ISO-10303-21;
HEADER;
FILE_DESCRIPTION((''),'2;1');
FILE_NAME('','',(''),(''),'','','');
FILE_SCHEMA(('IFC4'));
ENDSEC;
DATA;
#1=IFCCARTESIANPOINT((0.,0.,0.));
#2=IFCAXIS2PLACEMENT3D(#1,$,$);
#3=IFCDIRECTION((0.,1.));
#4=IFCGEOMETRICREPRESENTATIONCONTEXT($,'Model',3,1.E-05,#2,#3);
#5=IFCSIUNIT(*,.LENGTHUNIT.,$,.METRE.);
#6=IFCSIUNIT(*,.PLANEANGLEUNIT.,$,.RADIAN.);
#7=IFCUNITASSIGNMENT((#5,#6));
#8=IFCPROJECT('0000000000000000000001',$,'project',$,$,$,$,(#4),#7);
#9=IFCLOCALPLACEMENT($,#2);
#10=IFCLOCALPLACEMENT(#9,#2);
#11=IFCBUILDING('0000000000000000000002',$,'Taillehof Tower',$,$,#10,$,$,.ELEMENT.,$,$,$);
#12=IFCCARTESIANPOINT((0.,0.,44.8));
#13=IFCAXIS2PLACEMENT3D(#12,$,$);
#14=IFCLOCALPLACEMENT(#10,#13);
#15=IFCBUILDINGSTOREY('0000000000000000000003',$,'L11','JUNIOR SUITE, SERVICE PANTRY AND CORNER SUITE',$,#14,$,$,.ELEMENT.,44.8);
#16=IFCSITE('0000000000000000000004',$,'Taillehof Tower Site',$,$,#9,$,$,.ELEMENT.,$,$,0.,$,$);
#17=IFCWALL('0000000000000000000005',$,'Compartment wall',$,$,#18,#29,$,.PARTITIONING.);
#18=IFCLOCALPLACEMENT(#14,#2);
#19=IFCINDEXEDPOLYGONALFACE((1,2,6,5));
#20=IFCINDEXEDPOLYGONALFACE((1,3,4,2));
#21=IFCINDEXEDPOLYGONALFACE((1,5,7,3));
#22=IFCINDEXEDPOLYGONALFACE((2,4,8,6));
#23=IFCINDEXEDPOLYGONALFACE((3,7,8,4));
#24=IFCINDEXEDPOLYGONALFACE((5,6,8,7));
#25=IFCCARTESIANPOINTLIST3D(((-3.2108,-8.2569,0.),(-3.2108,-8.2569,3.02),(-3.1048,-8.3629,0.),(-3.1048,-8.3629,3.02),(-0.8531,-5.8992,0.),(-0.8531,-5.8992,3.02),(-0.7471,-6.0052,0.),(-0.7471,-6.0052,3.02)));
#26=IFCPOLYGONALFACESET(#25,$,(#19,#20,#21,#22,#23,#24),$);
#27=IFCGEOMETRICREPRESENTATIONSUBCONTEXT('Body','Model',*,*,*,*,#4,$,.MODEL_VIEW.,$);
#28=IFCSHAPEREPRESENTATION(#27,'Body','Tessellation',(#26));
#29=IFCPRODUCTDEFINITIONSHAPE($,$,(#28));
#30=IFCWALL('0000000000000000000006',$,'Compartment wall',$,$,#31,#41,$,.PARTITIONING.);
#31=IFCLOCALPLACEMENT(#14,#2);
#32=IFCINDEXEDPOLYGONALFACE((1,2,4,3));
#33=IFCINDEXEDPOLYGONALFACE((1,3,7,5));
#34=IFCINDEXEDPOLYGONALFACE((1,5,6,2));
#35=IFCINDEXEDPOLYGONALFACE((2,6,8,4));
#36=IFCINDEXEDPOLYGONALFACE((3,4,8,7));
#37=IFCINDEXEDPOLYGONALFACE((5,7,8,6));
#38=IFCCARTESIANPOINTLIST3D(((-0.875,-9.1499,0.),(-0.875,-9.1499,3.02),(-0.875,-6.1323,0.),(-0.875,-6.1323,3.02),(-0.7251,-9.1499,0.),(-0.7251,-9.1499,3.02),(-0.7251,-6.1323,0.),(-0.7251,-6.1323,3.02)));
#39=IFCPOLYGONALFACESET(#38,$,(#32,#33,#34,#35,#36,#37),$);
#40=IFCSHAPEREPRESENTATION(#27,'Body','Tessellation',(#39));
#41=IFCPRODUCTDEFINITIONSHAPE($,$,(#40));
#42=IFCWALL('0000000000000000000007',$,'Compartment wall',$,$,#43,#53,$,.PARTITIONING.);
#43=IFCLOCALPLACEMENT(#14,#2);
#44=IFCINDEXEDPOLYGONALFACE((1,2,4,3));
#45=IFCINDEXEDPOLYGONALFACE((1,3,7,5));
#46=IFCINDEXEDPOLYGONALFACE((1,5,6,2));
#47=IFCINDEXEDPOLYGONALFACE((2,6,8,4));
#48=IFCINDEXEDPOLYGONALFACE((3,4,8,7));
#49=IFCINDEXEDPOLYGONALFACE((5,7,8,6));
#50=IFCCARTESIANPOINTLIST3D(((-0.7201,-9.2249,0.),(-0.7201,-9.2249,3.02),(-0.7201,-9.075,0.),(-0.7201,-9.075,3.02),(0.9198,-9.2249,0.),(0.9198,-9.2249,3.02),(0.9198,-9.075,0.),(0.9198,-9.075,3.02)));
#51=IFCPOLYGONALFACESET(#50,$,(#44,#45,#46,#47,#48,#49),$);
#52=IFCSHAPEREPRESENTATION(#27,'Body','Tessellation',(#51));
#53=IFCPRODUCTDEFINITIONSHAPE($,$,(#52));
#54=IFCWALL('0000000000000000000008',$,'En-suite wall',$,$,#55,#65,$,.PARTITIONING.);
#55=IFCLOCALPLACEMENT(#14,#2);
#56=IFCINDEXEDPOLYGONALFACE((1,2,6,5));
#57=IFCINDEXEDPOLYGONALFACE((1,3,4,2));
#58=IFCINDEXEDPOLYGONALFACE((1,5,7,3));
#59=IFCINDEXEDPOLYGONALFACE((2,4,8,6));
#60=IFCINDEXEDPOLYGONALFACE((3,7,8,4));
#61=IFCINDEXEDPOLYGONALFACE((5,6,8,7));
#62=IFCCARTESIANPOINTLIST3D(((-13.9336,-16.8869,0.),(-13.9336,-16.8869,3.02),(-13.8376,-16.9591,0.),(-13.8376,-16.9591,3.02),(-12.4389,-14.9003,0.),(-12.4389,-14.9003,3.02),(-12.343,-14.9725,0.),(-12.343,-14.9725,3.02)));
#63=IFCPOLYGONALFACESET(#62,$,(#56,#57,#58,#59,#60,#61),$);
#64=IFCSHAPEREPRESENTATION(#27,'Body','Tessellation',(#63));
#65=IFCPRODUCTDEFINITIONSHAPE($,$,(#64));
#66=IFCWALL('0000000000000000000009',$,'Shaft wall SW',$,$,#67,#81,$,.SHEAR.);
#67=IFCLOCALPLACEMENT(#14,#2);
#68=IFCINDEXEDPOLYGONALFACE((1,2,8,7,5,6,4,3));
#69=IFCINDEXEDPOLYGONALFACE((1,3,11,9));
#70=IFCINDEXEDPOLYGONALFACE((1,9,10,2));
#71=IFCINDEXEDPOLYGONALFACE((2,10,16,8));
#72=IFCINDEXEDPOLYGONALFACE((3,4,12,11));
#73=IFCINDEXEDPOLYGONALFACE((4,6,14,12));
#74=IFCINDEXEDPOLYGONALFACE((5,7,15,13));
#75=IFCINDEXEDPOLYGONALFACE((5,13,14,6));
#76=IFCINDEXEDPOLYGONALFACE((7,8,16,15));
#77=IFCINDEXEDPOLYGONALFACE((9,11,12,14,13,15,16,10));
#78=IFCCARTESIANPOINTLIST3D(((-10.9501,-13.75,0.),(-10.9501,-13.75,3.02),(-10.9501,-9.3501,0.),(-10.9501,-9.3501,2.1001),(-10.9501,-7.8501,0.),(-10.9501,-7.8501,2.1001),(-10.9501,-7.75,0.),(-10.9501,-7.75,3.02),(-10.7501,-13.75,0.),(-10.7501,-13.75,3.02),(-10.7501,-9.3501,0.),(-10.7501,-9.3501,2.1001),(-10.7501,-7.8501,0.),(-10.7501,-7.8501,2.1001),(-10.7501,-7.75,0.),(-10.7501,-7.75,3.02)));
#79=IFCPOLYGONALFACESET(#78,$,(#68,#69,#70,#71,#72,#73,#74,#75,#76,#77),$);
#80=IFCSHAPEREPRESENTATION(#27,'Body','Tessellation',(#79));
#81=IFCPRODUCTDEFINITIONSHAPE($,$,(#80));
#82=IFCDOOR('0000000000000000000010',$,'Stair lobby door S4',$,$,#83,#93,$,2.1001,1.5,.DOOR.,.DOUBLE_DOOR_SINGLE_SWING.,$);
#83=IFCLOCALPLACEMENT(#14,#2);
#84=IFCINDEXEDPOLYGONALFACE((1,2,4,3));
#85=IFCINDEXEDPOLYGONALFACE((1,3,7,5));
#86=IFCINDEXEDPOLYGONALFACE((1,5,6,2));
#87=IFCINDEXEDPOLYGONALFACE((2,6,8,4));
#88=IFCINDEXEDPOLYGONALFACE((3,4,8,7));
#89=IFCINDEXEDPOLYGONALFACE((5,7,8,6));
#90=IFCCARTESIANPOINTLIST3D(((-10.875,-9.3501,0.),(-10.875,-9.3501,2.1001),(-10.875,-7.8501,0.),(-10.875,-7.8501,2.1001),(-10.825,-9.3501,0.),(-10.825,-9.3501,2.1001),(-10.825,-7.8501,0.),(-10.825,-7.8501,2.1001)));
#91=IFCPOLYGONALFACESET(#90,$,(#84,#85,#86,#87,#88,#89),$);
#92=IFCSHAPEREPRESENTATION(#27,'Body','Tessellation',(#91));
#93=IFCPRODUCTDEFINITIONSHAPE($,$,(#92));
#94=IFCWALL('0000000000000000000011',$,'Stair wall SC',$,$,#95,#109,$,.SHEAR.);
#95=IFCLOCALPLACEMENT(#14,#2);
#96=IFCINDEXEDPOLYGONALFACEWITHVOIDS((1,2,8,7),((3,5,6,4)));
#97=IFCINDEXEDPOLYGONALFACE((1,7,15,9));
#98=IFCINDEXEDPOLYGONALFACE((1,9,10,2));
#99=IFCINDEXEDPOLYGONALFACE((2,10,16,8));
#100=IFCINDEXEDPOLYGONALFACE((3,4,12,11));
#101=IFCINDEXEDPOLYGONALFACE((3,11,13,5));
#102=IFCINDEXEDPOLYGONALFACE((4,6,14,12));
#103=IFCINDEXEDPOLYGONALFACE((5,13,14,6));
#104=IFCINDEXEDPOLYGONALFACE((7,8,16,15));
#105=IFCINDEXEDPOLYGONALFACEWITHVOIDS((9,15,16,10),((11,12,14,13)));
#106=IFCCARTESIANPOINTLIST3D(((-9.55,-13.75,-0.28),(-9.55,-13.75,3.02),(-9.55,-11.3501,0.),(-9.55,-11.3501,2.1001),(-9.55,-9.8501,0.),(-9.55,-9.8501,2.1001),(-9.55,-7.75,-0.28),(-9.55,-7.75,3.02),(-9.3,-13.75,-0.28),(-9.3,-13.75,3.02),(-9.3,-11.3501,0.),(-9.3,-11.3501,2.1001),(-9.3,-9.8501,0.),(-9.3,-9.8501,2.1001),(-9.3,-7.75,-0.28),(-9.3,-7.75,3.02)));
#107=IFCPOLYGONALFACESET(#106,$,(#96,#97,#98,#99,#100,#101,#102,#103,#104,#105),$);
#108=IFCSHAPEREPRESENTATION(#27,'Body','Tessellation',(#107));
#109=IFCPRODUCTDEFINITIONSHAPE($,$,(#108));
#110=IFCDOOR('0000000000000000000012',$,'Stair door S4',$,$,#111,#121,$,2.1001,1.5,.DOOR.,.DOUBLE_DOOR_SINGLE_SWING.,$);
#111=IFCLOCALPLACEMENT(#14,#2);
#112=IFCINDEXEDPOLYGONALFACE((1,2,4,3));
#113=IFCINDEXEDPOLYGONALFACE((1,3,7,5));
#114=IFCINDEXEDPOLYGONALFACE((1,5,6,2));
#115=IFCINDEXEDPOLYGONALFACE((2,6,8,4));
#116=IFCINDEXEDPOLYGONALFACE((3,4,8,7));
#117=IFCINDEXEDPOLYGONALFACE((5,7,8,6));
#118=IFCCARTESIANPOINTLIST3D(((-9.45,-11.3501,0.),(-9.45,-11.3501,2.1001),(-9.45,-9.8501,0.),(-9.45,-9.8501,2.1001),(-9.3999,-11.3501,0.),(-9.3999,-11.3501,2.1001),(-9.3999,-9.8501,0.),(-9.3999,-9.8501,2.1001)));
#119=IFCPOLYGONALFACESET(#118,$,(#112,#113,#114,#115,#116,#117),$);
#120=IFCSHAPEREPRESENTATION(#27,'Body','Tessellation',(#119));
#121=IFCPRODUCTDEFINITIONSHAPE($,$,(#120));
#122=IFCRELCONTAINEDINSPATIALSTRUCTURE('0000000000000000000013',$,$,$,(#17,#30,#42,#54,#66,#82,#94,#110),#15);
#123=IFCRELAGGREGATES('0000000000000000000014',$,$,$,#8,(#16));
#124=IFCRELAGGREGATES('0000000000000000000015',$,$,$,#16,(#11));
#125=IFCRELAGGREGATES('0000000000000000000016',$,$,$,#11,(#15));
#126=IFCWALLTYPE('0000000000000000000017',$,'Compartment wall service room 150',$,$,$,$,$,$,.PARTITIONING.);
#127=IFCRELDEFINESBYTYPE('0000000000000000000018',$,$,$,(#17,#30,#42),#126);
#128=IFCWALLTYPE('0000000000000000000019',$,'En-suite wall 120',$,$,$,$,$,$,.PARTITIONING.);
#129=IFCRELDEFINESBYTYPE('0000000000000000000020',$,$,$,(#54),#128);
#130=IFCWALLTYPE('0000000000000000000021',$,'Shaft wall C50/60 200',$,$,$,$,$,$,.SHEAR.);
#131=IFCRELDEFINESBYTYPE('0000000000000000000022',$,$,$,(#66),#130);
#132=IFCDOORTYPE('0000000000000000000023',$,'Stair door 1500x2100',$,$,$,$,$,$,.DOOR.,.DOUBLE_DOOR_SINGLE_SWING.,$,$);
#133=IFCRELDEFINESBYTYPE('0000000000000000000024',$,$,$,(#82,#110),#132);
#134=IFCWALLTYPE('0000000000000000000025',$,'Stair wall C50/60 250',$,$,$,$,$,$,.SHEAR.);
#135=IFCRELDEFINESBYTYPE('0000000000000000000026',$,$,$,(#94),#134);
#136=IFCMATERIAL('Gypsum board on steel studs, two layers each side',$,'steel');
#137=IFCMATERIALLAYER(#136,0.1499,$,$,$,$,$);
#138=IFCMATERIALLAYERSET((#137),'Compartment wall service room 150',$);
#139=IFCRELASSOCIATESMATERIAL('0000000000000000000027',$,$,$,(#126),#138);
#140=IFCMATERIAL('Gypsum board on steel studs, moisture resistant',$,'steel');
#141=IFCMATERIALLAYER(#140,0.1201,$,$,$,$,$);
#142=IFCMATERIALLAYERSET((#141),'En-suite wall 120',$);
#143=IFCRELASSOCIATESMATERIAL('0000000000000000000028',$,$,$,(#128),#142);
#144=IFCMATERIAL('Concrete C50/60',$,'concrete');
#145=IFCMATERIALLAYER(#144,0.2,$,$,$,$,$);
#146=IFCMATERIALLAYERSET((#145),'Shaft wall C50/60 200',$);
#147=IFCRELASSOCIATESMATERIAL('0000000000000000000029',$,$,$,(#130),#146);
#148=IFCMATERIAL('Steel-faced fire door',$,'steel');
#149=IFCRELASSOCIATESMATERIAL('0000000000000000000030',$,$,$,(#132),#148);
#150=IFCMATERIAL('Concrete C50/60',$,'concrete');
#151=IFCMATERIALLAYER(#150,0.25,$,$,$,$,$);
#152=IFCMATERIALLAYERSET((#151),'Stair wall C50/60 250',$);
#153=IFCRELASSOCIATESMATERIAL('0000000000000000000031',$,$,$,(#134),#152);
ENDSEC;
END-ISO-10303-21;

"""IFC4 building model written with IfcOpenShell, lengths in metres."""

from ifc_helpers import new_model, si_unit, direction, frame, frame_2d, origin, place, context, subcontext, project, spatial, rectangle, extrude, material, layer, layer_set, type_object, element, fill, save


model = new_model("IFC4")

# Units and contexts
model_context = context("Model", 3, precision=1e-05, world=origin(), true_north=direction((0.0, 1.0)))
body_context = subcontext(model_context, "Body", "Model", "MODEL_VIEW")
ifc_project = project(units=[si_unit("LENGTHUNIT", "METRE"), si_unit("PLANEANGLEUNIT", "RADIAN")], contexts=[model_context])

# Site, building, storey
site_placement = place(None, origin())
site = spatial("IfcSite", under=ifc_project, at=site_placement, Name="Taillehof Tower Site", CompositionType="ELEMENT", RefElevation=0.0)
building_placement = place(site_placement, origin())
building = spatial("IfcBuilding", under=site, at=building_placement, Name="Taillehof Tower", CompositionType="ELEMENT")
storey_placement = place(building_placement, frame((0.0, 0.0, 44.8)))
storey = spatial("IfcBuildingStorey", under=building, at=storey_placement, Name="L11", Description="JUNIOR SUITE, SERVICE PANTRY AND CORNER SUITE", CompositionType="ELEMENT", Elevation=44.8)

# Walls
ifc_material_1 = material(Name="Gypsum board on steel studs, two layers each side", Category="steel")
ifc_layer_1 = layer(ifc_material_1, 0.1499)
ifc_layer_set_1 = layer_set([ifc_layer_1], Name="Compartment wall service room 150")
wall_type_1 = type_object("IfcWallType", Name="Compartment wall service room 150", PredefinedType="PARTITIONING", material=ifc_layer_set_1)
wall_1_placement = place(storey_placement, frame((-3.1577, -8.3098, 0.0), z_axis=(0.0, 0.0, 1.0), x_axis=(0.707107, 0.707107, 0.0)))
element("IfcWall", 1, at=wall_1_placement, inside=storey, type_object=wall_type_1, Name="Compartment wall", PredefinedType="PARTITIONING", context=body_context, shape_type="SweptSolid", body=[
    extrude(rectangle(XDim=3.3342, YDim=0.1499, at=frame_2d((1.667, 0.0))), origin(), (0.0, 0.0, 1.0), 3.02),
])
wall_2_placement = place(storey_placement, frame((-0.8, -6.1323, 0.0), z_axis=(0.0, 0.0, 1.0), x_axis=(0.0, -1.0, 0.0)))
element("IfcWall", 2, at=wall_2_placement, inside=storey, type_object=wall_type_1, Name="Compartment wall", PredefinedType="PARTITIONING", context=body_context, shape_type="SweptSolid", body=[
    extrude(rectangle(XDim=3.0176, YDim=0.1499, at=frame_2d((1.5088, 0.0))), origin(), (0.0, 0.0, 1.0), 3.02),
])
wall_3_placement = place(storey_placement, frame((-0.72, -9.1499, 0.0), z_axis=(0.0, 0.0, 1.0), x_axis=(1.0, 0.0, 0.0)))
element("IfcWall", 3, at=wall_3_placement, inside=storey, type_object=wall_type_1, Name="Compartment wall", PredefinedType="PARTITIONING", context=body_context, shape_type="SweptSolid", body=[
    extrude(rectangle(XDim=1.6399, YDim=0.1499, at=frame_2d((0.8198, 0.0))), origin(), (0.0, 0.0, 1.0), 3.02),
])
ifc_material_2 = material(Name="Gypsum board on steel studs, moisture resistant", Category="steel")
ifc_layer_2 = layer(ifc_material_2, 0.1201)
ifc_layer_set_2 = layer_set([ifc_layer_2], Name="En-suite wall 120")
wall_type_2 = type_object("IfcWallType", Name="En-suite wall 120", PredefinedType="PARTITIONING", material=ifc_layer_set_2)
wall_4_placement = place(storey_placement, frame((-12.3909, -14.9363, 0.0), z_axis=(0.0, 0.0, 1.0), x_axis=(-0.601209, -0.799092, 0.0)))
element("IfcWall", 4, at=wall_4_placement, inside=storey, type_object=wall_type_2, Name="En-suite wall", PredefinedType="PARTITIONING", context=body_context, shape_type="SweptSolid", body=[
    extrude(rectangle(XDim=2.4861, YDim=0.1201, at=frame_2d((1.2432, 0.0))), origin(), (0.0, 0.0, 1.0), 3.02),
])

# Walls, openings, doors
ifc_material_3 = material(Name="Concrete C50/60", Category="concrete")
ifc_layer_3 = layer(ifc_material_3, 0.2)
ifc_layer_set_3 = layer_set([ifc_layer_3], Name="Shaft wall C50/60 200")
wall_type_3 = type_object("IfcWallType", Name="Shaft wall C50/60 200", PredefinedType="SHEAR", material=ifc_layer_set_3)
wall_5_placement = place(storey_placement, frame((-10.8501, -13.75, 0.0), z_axis=(0.0, 0.0, 1.0), x_axis=(0.0, 1.0, 0.0)))
wall_5 = element("IfcWall", 5, at=wall_5_placement, inside=storey, type_object=wall_type_3, Name="Shaft wall SW", PredefinedType="SHEAR", context=body_context, shape_type="SweptSolid", body=[
    extrude(rectangle(XDim=6.0, YDim=0.2, at=frame_2d((3.0, 0.0))), origin(), (0.0, 0.0, 1.0), 3.02),
])
opening_1_placement = place(wall_5_placement, frame((4.3999, 0.0, 0.0)))
opening_1 = element("IfcOpeningElement", 6, at=opening_1_placement, cuts=wall_5, PredefinedType="OPENING", context=body_context, shape_type="SweptSolid", body=[
    extrude(rectangle(XDim=1.5, YDim=2.1001, at=frame_2d((0.75, 1.05))), frame((0.0, 0.1099, 0.0), z_axis=(0.0, -1.0, 0.0), x_axis=(1.0, 0.0, 0.0)), (0.0, 0.0, 1.0), 0.22),
])
ifc_material_4 = material(Name="Steel-faced fire door", Category="steel")
door_type = type_object("IfcDoorType", Name="Stair door 1500x2100", OperationType="DOUBLE_DOOR_SINGLE_SWING", PredefinedType="DOOR", material=ifc_material_4)
door_1_placement = place(opening_1_placement, origin())
door_1 = element("IfcDoor", 7, at=door_1_placement, inside=storey, type_object=door_type, Name="Stair lobby door S4", OperationType="DOUBLE_DOOR_SINGLE_SWING", OverallHeight=2.1001, OverallWidth=1.5, PredefinedType="DOOR", context=body_context, shape_type="SweptSolid", body=[
    extrude(rectangle(XDim=1.5, YDim=2.1001, at=frame_2d((0.75, 1.05))), frame((0.0, 0.0249, 0.0), z_axis=(0.0, -1.0, 0.0), x_axis=(1.0, 0.0, 0.0)), (0.0, 0.0, 1.0), 0.05),
])
fill(opening_1, door_1)
ifc_material_5 = material(Name="Concrete C50/60", Category="concrete")
ifc_layer_4 = layer(ifc_material_5, 0.25)
ifc_layer_set_4 = layer_set([ifc_layer_4], Name="Stair wall C50/60 250")
wall_type_4 = type_object("IfcWallType", Name="Stair wall C50/60 250", PredefinedType="SHEAR", material=ifc_layer_set_4)
wall_6_placement = place(storey_placement, frame((-9.425, -13.75, -0.28), z_axis=(0.0, 0.0, 1.0), x_axis=(0.0, 1.0, 0.0)))
wall_6 = element("IfcWall", 8, at=wall_6_placement, inside=storey, type_object=wall_type_4, Name="Stair wall SC", PredefinedType="SHEAR", context=body_context, shape_type="SweptSolid", body=[
    extrude(rectangle(XDim=6.0, YDim=0.25, at=frame_2d((3.0, 0.0))), origin(), (0.0, 0.0, 1.0), 3.3),
])
opening_2_placement = place(wall_6_placement, frame((2.3999, 0.0, 0.28)))
opening_2 = element("IfcOpeningElement", 9, at=opening_2_placement, cuts=wall_6, PredefinedType="OPENING", context=body_context, shape_type="SweptSolid", body=[
    extrude(rectangle(XDim=1.5, YDim=2.1001, at=frame_2d((0.75, 1.05))), frame((0.0, 0.135, 0.0), z_axis=(0.0, -1.0, 0.0), x_axis=(1.0, 0.0, 0.0)), (0.0, 0.0, 1.0), 0.27),
])
door_2_placement = place(opening_2_placement, origin())
door_2 = element("IfcDoor", 10, at=door_2_placement, inside=storey, type_object=door_type, Name="Stair door S4", OperationType="DOUBLE_DOOR_SINGLE_SWING", OverallHeight=2.1001, OverallWidth=1.5, PredefinedType="DOOR", context=body_context, shape_type="SweptSolid", body=[
    extrude(rectangle(XDim=1.5, YDim=2.1001, at=frame_2d((0.75, 1.05))), frame((0.0, 0.0249, 0.0), z_axis=(0.0, -1.0, 0.0), x_axis=(1.0, 0.0, 0.0)), (0.0, 0.0, 1.0), 0.05),
])
fill(opening_2, door_2)

save(model, "model.ifc")
